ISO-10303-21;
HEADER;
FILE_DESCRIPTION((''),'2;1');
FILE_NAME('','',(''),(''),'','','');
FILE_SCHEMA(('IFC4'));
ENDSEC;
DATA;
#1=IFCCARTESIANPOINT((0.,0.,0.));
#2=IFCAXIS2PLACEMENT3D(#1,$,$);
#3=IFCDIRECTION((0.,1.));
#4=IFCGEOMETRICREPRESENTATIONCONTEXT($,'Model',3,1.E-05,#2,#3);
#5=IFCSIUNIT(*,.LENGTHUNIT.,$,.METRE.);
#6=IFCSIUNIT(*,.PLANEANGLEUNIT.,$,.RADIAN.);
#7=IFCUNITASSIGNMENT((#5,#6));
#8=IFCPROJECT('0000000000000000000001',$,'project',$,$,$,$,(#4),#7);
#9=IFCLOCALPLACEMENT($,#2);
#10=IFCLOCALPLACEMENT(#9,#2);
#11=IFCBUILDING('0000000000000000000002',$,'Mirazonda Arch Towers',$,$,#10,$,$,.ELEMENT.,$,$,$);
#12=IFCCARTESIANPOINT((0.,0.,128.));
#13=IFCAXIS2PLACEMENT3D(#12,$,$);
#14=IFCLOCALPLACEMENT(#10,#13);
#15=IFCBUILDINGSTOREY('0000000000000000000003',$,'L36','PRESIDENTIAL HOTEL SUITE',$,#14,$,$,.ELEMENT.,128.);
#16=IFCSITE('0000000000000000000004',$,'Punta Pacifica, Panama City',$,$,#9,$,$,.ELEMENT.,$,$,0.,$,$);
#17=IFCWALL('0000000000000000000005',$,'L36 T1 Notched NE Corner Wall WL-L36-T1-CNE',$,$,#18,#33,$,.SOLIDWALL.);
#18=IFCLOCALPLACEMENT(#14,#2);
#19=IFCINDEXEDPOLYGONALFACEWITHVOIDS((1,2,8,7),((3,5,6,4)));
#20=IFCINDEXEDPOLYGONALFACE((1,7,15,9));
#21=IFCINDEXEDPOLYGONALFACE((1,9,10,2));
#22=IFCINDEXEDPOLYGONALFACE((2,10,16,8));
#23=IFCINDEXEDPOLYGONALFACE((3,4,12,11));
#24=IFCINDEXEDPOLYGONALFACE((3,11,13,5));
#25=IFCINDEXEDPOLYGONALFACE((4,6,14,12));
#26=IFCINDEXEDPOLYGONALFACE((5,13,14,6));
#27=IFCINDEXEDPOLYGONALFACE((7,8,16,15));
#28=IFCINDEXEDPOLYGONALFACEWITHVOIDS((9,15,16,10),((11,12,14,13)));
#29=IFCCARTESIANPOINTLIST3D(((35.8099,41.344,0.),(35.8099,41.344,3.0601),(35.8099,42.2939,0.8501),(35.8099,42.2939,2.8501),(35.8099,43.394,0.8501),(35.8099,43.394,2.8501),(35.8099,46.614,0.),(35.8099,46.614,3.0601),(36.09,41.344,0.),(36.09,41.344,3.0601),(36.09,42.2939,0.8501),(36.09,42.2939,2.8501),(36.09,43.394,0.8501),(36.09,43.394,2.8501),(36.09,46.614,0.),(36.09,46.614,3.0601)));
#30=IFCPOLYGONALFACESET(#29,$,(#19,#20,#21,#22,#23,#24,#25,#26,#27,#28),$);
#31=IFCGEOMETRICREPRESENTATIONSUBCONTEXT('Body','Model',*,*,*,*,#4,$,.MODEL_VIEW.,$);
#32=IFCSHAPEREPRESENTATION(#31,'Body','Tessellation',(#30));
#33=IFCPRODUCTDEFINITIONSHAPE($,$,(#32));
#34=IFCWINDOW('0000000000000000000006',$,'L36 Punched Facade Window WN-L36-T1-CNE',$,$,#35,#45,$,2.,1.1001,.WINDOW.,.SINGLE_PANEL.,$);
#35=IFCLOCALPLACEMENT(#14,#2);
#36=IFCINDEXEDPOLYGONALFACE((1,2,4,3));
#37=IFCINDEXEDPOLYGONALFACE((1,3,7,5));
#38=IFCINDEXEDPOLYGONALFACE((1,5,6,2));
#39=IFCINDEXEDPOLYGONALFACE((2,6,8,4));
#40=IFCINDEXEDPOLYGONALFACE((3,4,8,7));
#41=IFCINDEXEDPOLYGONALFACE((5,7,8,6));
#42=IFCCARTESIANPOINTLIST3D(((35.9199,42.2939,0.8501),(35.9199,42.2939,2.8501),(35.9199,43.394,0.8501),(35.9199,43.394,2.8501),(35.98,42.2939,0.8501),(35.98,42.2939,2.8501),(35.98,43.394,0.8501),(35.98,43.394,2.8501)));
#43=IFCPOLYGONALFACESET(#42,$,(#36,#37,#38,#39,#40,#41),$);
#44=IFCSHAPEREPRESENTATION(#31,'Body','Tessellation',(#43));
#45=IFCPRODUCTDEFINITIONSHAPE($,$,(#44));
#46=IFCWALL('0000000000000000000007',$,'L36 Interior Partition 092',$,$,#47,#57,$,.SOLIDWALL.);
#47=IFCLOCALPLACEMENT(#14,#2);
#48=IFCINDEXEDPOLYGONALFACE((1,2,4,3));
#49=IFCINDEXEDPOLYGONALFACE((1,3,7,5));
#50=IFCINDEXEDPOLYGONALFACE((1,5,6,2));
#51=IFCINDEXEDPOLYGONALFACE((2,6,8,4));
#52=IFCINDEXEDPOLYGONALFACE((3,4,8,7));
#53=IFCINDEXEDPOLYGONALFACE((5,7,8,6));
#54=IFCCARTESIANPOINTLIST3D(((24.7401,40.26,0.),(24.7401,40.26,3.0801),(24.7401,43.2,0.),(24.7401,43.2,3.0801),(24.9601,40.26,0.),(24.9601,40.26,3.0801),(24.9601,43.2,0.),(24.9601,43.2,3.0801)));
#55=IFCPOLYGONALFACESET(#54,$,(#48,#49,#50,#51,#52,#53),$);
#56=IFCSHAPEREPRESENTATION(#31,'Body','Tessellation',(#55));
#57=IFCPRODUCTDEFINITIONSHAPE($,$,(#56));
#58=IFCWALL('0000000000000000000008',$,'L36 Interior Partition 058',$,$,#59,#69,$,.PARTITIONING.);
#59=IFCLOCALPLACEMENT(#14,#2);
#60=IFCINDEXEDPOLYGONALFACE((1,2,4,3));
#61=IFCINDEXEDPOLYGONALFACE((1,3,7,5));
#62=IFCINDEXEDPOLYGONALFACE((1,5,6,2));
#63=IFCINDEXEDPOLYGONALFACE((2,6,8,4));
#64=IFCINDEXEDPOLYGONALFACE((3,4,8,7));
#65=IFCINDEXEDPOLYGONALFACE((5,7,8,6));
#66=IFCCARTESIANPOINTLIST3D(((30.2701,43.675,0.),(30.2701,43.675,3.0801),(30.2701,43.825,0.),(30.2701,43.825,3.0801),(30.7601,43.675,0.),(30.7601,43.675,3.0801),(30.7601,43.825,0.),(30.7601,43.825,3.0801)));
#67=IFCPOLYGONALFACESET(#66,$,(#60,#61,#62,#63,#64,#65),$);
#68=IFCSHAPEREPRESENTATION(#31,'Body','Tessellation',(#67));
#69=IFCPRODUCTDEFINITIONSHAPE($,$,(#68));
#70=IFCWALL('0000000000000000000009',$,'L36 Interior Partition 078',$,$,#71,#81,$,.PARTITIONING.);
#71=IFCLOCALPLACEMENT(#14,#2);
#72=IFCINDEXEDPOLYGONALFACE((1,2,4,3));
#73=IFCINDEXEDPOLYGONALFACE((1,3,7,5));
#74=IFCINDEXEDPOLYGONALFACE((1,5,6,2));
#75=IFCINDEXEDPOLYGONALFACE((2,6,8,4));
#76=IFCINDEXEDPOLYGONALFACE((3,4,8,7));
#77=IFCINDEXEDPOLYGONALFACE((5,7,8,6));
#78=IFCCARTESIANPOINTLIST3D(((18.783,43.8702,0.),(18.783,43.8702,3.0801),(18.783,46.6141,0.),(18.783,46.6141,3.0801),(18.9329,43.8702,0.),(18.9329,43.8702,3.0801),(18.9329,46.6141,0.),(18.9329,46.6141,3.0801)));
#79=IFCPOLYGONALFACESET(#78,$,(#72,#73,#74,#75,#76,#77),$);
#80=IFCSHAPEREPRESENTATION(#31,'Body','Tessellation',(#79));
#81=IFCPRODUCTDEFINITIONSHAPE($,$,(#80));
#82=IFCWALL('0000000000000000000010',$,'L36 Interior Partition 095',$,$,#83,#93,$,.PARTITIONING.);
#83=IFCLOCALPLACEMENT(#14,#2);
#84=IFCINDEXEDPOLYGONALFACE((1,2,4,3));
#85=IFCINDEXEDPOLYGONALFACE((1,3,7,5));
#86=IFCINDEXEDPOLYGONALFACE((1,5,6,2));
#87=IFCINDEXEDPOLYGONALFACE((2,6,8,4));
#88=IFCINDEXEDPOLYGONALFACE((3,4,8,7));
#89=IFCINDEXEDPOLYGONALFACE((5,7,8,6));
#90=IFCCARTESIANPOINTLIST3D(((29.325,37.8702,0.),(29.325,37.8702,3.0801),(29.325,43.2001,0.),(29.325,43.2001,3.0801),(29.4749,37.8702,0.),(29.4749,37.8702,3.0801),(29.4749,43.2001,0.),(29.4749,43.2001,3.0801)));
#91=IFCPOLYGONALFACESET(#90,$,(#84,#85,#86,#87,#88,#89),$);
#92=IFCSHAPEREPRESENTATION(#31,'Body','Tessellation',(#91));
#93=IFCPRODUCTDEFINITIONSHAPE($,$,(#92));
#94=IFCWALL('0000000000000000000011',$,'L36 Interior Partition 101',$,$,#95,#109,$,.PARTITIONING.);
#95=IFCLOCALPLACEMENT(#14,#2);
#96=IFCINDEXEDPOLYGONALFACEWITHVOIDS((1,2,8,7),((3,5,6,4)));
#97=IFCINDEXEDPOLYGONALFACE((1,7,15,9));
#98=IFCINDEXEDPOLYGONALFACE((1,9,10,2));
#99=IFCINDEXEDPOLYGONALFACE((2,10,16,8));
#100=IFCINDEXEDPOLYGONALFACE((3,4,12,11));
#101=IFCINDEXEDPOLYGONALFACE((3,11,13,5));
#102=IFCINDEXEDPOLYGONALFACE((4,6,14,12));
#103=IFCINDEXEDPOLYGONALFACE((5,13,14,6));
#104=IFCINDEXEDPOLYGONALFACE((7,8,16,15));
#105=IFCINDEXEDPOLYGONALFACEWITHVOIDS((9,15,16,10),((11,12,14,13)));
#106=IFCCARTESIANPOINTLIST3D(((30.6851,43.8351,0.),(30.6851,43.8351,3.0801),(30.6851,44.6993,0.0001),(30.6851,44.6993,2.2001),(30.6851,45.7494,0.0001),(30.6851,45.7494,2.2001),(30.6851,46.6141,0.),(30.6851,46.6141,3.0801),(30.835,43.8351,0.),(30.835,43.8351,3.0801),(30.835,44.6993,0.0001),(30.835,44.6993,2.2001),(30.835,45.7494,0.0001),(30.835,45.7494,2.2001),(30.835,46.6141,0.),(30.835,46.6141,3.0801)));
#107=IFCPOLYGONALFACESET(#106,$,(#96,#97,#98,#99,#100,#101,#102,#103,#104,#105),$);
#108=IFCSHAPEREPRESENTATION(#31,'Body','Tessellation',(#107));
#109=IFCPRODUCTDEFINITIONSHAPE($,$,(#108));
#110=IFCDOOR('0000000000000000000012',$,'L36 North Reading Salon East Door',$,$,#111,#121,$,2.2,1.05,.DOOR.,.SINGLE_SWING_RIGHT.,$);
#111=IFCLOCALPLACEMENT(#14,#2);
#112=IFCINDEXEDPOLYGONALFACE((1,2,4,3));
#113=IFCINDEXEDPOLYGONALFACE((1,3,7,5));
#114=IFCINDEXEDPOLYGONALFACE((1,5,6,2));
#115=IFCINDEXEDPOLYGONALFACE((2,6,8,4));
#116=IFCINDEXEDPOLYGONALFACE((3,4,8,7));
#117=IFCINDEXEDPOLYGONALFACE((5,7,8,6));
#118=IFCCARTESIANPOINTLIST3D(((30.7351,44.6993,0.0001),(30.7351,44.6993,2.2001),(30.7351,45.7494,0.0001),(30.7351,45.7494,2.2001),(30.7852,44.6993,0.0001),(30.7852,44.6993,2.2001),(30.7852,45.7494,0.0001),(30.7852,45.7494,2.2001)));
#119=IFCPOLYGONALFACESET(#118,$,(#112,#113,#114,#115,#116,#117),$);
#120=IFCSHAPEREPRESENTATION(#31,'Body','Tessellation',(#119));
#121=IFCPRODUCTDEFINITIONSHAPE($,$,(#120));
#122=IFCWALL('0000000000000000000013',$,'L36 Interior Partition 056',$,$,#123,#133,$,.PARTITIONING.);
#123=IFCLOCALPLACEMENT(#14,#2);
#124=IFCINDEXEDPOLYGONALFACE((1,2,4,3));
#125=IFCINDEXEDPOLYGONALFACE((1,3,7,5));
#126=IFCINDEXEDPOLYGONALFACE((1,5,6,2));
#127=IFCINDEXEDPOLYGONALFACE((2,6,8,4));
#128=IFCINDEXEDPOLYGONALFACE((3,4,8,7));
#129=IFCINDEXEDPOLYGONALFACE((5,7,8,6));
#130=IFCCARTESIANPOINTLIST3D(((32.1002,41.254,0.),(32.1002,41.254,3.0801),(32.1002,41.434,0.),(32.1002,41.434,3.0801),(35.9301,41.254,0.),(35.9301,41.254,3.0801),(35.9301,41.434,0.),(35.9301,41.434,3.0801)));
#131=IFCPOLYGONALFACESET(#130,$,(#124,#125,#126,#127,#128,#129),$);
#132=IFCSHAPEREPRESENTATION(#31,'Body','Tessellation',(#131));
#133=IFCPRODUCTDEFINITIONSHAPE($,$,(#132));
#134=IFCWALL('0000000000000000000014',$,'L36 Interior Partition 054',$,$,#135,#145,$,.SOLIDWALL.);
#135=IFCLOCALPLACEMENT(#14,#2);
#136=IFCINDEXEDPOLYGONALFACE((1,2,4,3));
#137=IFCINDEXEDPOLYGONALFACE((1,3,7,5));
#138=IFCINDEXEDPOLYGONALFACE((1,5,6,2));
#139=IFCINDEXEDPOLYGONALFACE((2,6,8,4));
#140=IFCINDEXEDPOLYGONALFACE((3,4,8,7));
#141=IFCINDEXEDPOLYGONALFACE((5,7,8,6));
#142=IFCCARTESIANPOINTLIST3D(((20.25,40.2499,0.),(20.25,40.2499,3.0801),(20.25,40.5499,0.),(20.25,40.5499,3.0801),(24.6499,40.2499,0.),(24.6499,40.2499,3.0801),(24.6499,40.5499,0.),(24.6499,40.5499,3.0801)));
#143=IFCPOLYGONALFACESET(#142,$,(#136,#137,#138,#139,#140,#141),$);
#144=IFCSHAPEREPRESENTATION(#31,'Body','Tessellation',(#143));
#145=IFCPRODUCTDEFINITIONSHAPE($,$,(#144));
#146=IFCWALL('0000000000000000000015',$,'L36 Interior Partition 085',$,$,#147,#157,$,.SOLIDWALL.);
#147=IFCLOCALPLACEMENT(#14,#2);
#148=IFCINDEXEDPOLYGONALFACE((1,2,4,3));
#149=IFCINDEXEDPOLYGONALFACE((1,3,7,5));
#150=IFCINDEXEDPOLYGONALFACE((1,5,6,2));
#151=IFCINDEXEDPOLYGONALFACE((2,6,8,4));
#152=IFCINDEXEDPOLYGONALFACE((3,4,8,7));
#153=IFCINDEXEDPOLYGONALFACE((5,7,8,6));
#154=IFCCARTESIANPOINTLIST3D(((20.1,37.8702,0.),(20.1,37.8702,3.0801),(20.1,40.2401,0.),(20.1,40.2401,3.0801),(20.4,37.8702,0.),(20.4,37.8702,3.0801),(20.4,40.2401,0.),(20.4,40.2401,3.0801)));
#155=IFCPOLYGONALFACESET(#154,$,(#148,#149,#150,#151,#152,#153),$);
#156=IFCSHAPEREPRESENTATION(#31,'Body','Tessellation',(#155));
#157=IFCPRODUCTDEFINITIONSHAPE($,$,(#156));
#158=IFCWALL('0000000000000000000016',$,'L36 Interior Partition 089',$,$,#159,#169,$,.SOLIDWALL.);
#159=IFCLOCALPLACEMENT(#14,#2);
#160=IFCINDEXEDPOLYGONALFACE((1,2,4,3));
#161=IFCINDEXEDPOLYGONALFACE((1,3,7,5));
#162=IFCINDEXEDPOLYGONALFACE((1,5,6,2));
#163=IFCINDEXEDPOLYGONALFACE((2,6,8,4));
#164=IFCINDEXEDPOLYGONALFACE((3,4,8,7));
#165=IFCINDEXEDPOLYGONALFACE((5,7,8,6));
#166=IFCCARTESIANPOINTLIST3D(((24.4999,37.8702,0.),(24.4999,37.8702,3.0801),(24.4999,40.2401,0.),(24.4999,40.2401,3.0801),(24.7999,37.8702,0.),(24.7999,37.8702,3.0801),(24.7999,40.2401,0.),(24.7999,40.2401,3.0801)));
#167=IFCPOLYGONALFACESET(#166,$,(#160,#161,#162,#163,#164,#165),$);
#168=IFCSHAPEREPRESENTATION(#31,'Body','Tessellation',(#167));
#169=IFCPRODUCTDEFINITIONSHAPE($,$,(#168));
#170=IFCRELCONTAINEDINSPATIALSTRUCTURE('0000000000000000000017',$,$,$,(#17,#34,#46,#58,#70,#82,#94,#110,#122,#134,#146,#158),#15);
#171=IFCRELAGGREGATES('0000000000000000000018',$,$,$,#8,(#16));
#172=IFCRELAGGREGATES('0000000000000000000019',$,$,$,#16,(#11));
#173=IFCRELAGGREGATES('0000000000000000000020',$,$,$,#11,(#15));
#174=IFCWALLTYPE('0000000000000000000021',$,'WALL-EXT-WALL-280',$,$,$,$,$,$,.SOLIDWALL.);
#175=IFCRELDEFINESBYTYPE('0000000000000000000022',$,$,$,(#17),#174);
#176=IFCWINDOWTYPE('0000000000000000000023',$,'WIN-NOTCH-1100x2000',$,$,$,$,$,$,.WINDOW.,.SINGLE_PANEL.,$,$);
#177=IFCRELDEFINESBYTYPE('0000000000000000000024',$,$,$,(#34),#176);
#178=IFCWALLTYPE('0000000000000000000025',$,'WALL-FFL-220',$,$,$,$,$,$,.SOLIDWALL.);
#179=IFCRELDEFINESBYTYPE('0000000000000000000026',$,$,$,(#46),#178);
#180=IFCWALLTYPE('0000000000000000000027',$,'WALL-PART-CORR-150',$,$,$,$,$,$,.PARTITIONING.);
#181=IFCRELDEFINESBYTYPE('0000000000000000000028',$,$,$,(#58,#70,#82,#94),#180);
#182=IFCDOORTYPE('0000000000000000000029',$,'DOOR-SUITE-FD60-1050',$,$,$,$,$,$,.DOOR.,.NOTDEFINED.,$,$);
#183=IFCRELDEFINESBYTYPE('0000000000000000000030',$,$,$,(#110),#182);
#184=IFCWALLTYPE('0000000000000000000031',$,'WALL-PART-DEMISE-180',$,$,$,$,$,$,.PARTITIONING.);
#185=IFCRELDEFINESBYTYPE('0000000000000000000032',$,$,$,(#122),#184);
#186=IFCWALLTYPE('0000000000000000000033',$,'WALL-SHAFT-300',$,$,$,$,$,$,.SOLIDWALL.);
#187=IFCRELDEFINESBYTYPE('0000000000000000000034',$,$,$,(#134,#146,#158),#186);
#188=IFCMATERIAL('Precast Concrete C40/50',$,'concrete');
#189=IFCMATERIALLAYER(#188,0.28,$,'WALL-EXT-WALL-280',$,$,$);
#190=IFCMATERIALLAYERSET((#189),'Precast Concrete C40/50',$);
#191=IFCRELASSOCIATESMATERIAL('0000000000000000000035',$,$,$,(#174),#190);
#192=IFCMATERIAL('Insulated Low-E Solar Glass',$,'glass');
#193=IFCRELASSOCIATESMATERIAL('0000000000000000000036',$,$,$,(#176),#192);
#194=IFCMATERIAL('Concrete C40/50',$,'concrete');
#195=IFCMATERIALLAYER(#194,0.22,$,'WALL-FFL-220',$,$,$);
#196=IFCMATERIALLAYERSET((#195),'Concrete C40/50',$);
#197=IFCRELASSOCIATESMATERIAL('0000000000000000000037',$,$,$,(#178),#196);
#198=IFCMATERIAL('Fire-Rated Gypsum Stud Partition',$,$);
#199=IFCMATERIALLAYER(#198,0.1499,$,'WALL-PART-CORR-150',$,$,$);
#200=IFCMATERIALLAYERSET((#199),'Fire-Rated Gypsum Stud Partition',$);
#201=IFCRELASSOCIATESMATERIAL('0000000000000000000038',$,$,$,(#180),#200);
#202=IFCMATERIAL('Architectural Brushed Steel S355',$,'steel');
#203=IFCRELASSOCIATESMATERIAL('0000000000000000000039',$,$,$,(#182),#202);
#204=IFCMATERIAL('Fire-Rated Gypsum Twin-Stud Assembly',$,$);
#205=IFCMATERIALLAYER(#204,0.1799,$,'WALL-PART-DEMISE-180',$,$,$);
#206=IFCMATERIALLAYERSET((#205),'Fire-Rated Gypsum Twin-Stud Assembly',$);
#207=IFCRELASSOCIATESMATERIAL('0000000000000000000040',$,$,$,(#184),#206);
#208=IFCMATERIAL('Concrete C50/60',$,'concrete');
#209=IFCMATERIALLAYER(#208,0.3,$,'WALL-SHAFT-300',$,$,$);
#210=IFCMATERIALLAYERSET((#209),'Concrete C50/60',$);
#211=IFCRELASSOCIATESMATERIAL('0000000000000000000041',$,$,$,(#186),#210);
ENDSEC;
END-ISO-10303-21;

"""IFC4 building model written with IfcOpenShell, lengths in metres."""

from ifc_helpers import new_model, si_unit, direction, frame, frame_2d, origin, place, context, subcontext, project, spatial, rectangle, extrude, material, layer, layer_set, type_object, element, fill, save


model = new_model("IFC4")

# Units and contexts
model_context = context("Model", 3, precision=1e-05, world=origin(), true_north=direction((0.0, 1.0)))
body_context = subcontext(model_context, "Body", "Model", "MODEL_VIEW")
ifc_project = project(units=[si_unit("LENGTHUNIT", "METRE"), si_unit("PLANEANGLEUNIT", "RADIAN")], contexts=[model_context])

# Site, building, storey
site_placement = place(None, origin())
site = spatial("IfcSite", under=ifc_project, at=site_placement, Name="Punta Pacifica, Panama City", CompositionType="ELEMENT", RefElevation=0.0)
building_placement = place(site_placement, origin())
building = spatial("IfcBuilding", under=site, at=building_placement, Name="Mirazonda Arch Towers", CompositionType="ELEMENT")
storey_placement = place(building_placement, frame((0.0, 0.0, 128.0)))
storey = spatial("IfcBuildingStorey", under=building, at=storey_placement, Name="L36", Description="PRESIDENTIAL HOTEL SUITE", CompositionType="ELEMENT", Elevation=128.0)

# Shared definitions
ifc_material_1 = material(Name="Concrete C50/60", Category="concrete")

# Shared definitions
ifc_material_2 = material(Name="Insulated Low-E Solar Glass", Category="glass")

# Wall, opening, window
ifc_material_3 = material(Name="Precast Concrete C40/50", Category="concrete")
ifc_layer_1 = layer(ifc_material_3, 0.28, Name="WALL-EXT-WALL-280")
ifc_layer_set_1 = layer_set([ifc_layer_1], Name="Precast Concrete C40/50")
wall_type_1 = type_object("IfcWallType", Name="WALL-EXT-WALL-280", PredefinedType="SOLIDWALL", material=ifc_layer_set_1)
wall_1_placement = place(storey_placement, frame((35.95, 41.344, 0.0), z_axis=(0.0, 0.0, 1.0), x_axis=(0.0, 1.0, 0.0)))
wall_1 = element("IfcWall", 1, at=wall_1_placement, inside=storey, type_object=wall_type_1, Name="L36 T1 Notched NE Corner Wall WL-L36-T1-CNE", PredefinedType="SOLIDWALL", context=body_context, shape_type="SweptSolid", body=[
    extrude(rectangle(XDim=5.27, YDim=0.28, at=frame_2d((2.635, 0.0))), origin(), (0.0, 0.0, 1.0), 3.0601),
])
opening_1_placement = place(wall_1_placement, frame((0.95, 0.0, 0.8501)))
opening_1 = element("IfcOpeningElement", 2, at=opening_1_placement, cuts=wall_1, PredefinedType="OPENING", context=body_context, shape_type="SweptSolid", body=[
    extrude(rectangle(XDim=1.1001, YDim=2.0, at=frame_2d((0.55, 1.0))), frame((0.0, 0.1499, 0.0), z_axis=(0.0, -1.0, 0.0), x_axis=(1.0, 0.0, 0.0)), (0.0, 0.0, 1.0), 0.3),
])
window_type = type_object("IfcWindowType", Name="WIN-NOTCH-1100x2000", PartitioningType="SINGLE_PANEL", PredefinedType="WINDOW", material=ifc_material_2)
window_placement = place(opening_1_placement, origin())
window = element("IfcWindow", 3, at=window_placement, inside=storey, type_object=window_type, Name="L36 Punched Facade Window WN-L36-T1-CNE", OverallHeight=2.0, OverallWidth=1.1001, PartitioningType="SINGLE_PANEL", PredefinedType="WINDOW", context=body_context, shape_type="SweptSolid", body=[
    extrude(rectangle(XDim=1.1001, YDim=2.0, at=frame_2d((0.55, 1.0))), frame((0.0, 0.03, 0.0), z_axis=(0.0, -1.0, 0.0), x_axis=(1.0, 0.0, 0.0)), (0.0, 0.0, 1.0), 0.0601),
])
fill(opening_1, window)

# Walls
ifc_material_4 = material(Name="Concrete C40/50", Category="concrete")
ifc_layer_2 = layer(ifc_material_4, 0.22, Name="WALL-FFL-220")
ifc_layer_set_2 = layer_set([ifc_layer_2], Name="Concrete C40/50")
wall_type_2 = type_object("IfcWallType", Name="WALL-FFL-220", PredefinedType="SOLIDWALL", material=ifc_layer_set_2)
wall_2_placement = place(storey_placement, frame((24.8501, 40.26, 0.0), z_axis=(0.0, 0.0, 1.0), x_axis=(0.0, 1.0, 0.0)))
element("IfcWall", 4, at=wall_2_placement, inside=storey, type_object=wall_type_2, Name="L36 Interior Partition 092", PredefinedType="SOLIDWALL", context=body_context, shape_type="SweptSolid", body=[
    extrude(rectangle(XDim=2.9399, YDim=0.22, at=frame_2d((1.47, 0.0))), origin(), (0.0, 0.0, 1.0), 3.0801),
])
ifc_material_5 = material(Name="Fire-Rated Gypsum Stud Partition")
ifc_layer_3 = layer(ifc_material_5, 0.1499, Name="WALL-PART-CORR-150")
ifc_layer_set_3 = layer_set([ifc_layer_3], Name="Fire-Rated Gypsum Stud Partition")
wall_type_3 = type_object("IfcWallType", Name="WALL-PART-CORR-150", PredefinedType="PARTITIONING", material=ifc_layer_set_3)
wall_3_placement = place(storey_placement, frame((30.27, 43.75, 0.0), z_axis=(0.0, 0.0, 1.0), x_axis=(1.0, 0.0, 0.0)))
element("IfcWall", 5, at=wall_3_placement, inside=storey, type_object=wall_type_3, Name="L36 Interior Partition 058", PredefinedType="PARTITIONING", context=body_context, shape_type="SweptSolid", body=[
    extrude(rectangle(XDim=0.49, YDim=0.1499, at=frame_2d((0.2451, 0.0))), origin(), (0.0, 0.0, 1.0), 3.0801),
])
wall_4_placement = place(storey_placement, frame((18.8579, 43.8701, 0.0), z_axis=(0.0, 0.0, 1.0), x_axis=(0.0, 1.0, 0.0)))
element("IfcWall", 6, at=wall_4_placement, inside=storey, type_object=wall_type_3, Name="L36 Interior Partition 078", PredefinedType="PARTITIONING", context=body_context, shape_type="SweptSolid", body=[
    extrude(rectangle(XDim=2.7439, YDim=0.1499, at=frame_2d((1.3721, 0.0))), origin(), (0.0, 0.0, 1.0), 3.0801),
])
wall_5_placement = place(storey_placement, frame((29.3999, 37.8701, 0.0), z_axis=(0.0, 0.0, 1.0), x_axis=(0.0, 1.0, 0.0)))
element("IfcWall", 7, at=wall_5_placement, inside=storey, type_object=wall_type_3, Name="L36 Interior Partition 095", PredefinedType="PARTITIONING", context=body_context, shape_type="SweptSolid", body=[
    extrude(rectangle(XDim=5.3298, YDim=0.1499, at=frame_2d((2.665, 0.0))), origin(), (0.0, 0.0, 1.0), 3.0801),
])

# Wall, opening, door
wall_6_placement = place(storey_placement, frame((30.76, 43.835, 0.0), z_axis=(0.0, 0.0, 1.0), x_axis=(0.0, 1.0, 0.0)))
wall_6 = element("IfcWall", 8, at=wall_6_placement, inside=storey, type_object=wall_type_3, Name="L36 Interior Partition 101", PredefinedType="PARTITIONING", context=body_context, shape_type="SweptSolid", body=[
    extrude(rectangle(XDim=2.7791, YDim=0.1499, at=frame_2d((1.3896, 0.0))), origin(), (0.0, 0.0, 1.0), 3.0801),
])
opening_2_placement = place(wall_6_placement, frame((0.8645, 0.0, 0.0)))
opening_2 = element("IfcOpeningElement", 9, at=opening_2_placement, cuts=wall_6, PredefinedType="OPENING", context=body_context, shape_type="SweptSolid", body=[
    extrude(rectangle(XDim=1.05, YDim=2.2, at=frame_2d((0.5249, 1.1001))), frame((0.0, 0.085, 0.0), z_axis=(0.0, -1.0, 0.0), x_axis=(1.0, 0.0, 0.0)), (0.0, 0.0, 1.0), 0.1699),
])
ifc_material_6 = material(Name="Architectural Brushed Steel S355", Category="steel")
door_type_1 = type_object("IfcDoorType", Name="DOOR-SUITE-FD60-1050", OperationType="NOTDEFINED", PredefinedType="DOOR", material=ifc_material_6)
door_1_placement = place(opening_2_placement, origin())
door_1 = element("IfcDoor", 10, at=door_1_placement, inside=storey, type_object=door_type_1, Name="L36 North Reading Salon East Door", OperationType="SINGLE_SWING_RIGHT", OverallHeight=2.2, OverallWidth=1.05, PredefinedType="DOOR", context=body_context, shape_type="SweptSolid", body=[
    extrude(rectangle(XDim=1.05, YDim=2.2, at=frame_2d((0.5249, 1.1001))), frame((0.0, 0.0249, 0.0), z_axis=(0.0, -1.0, 0.0), x_axis=(1.0, 0.0, 0.0)), (0.0, 0.0, 1.0), 0.05),
])
fill(opening_2, door_1)

# Wall
ifc_material_7 = material(Name="Fire-Rated Gypsum Twin-Stud Assembly")
ifc_layer_4 = layer(ifc_material_7, 0.1799, Name="WALL-PART-DEMISE-180")
ifc_layer_set_4 = layer_set([ifc_layer_4], Name="Fire-Rated Gypsum Twin-Stud Assembly")
wall_type_4 = type_object("IfcWallType", Name="WALL-PART-DEMISE-180", PredefinedType="PARTITIONING", material=ifc_layer_set_4)
wall_7_placement = place(storey_placement, frame((32.1001, 41.344, 0.0), z_axis=(0.0, 0.0, 1.0), x_axis=(1.0, 0.0, 0.0)))
element("IfcWall", 11, at=wall_7_placement, inside=storey, type_object=wall_type_4, Name="L36 Interior Partition 056", PredefinedType="PARTITIONING", context=body_context, shape_type="SweptSolid", body=[
    extrude(rectangle(XDim=3.8298, YDim=0.1799, at=frame_2d((1.915, 0.0))), origin(), (0.0, 0.0, 1.0), 3.0801),
])

# Walls
ifc_layer_5 = layer(ifc_material_1, 0.3, Name="WALL-SHAFT-300")
ifc_layer_set_5 = layer_set([ifc_layer_5], Name="Concrete C50/60")
wall_type_5 = type_object("IfcWallType", Name="WALL-SHAFT-300", PredefinedType="SOLIDWALL", material=ifc_layer_set_5)
wall_8_placement = place(storey_placement, frame((20.25, 40.3999, 0.0), z_axis=(0.0, 0.0, 1.0), x_axis=(1.0, 0.0, 0.0)))
element("IfcWall", 12, at=wall_8_placement, inside=storey, type_object=wall_type_5, Name="L36 Interior Partition 054", PredefinedType="SOLIDWALL", context=body_context, shape_type="SweptSolid", body=[
    extrude(rectangle(XDim=4.3999, YDim=0.3, at=frame_2d((2.2, 0.0))), origin(), (0.0, 0.0, 1.0), 3.0801),
])
for number, where, z_axis, x_axis, name in (
    (13, (20.25, 37.8701, 0.0), (0.0, 0.0, 1.0), (0.0, 1.0, 0.0), "L36 Interior Partition 085"),
    (14, (24.6499, 37.8701, 0.0), (0.0, 0.0, 1.0), (0.0, 1.0, 0.0), "L36 Interior Partition 089"),
):
    element("IfcWall", number, at=place(storey_placement, frame(where, z_axis=z_axis, x_axis=x_axis)), inside=storey, type_object=wall_type_5, Name=name, PredefinedType="SOLIDWALL", context=body_context, shape_type="SweptSolid", body=[
        extrude(rectangle(XDim=2.3699, YDim=0.3, at=frame_2d((1.1851, 0.0))), origin(), (0.0, 0.0, 1.0), 3.0801),
    ])

save(model, "model.ifc")
